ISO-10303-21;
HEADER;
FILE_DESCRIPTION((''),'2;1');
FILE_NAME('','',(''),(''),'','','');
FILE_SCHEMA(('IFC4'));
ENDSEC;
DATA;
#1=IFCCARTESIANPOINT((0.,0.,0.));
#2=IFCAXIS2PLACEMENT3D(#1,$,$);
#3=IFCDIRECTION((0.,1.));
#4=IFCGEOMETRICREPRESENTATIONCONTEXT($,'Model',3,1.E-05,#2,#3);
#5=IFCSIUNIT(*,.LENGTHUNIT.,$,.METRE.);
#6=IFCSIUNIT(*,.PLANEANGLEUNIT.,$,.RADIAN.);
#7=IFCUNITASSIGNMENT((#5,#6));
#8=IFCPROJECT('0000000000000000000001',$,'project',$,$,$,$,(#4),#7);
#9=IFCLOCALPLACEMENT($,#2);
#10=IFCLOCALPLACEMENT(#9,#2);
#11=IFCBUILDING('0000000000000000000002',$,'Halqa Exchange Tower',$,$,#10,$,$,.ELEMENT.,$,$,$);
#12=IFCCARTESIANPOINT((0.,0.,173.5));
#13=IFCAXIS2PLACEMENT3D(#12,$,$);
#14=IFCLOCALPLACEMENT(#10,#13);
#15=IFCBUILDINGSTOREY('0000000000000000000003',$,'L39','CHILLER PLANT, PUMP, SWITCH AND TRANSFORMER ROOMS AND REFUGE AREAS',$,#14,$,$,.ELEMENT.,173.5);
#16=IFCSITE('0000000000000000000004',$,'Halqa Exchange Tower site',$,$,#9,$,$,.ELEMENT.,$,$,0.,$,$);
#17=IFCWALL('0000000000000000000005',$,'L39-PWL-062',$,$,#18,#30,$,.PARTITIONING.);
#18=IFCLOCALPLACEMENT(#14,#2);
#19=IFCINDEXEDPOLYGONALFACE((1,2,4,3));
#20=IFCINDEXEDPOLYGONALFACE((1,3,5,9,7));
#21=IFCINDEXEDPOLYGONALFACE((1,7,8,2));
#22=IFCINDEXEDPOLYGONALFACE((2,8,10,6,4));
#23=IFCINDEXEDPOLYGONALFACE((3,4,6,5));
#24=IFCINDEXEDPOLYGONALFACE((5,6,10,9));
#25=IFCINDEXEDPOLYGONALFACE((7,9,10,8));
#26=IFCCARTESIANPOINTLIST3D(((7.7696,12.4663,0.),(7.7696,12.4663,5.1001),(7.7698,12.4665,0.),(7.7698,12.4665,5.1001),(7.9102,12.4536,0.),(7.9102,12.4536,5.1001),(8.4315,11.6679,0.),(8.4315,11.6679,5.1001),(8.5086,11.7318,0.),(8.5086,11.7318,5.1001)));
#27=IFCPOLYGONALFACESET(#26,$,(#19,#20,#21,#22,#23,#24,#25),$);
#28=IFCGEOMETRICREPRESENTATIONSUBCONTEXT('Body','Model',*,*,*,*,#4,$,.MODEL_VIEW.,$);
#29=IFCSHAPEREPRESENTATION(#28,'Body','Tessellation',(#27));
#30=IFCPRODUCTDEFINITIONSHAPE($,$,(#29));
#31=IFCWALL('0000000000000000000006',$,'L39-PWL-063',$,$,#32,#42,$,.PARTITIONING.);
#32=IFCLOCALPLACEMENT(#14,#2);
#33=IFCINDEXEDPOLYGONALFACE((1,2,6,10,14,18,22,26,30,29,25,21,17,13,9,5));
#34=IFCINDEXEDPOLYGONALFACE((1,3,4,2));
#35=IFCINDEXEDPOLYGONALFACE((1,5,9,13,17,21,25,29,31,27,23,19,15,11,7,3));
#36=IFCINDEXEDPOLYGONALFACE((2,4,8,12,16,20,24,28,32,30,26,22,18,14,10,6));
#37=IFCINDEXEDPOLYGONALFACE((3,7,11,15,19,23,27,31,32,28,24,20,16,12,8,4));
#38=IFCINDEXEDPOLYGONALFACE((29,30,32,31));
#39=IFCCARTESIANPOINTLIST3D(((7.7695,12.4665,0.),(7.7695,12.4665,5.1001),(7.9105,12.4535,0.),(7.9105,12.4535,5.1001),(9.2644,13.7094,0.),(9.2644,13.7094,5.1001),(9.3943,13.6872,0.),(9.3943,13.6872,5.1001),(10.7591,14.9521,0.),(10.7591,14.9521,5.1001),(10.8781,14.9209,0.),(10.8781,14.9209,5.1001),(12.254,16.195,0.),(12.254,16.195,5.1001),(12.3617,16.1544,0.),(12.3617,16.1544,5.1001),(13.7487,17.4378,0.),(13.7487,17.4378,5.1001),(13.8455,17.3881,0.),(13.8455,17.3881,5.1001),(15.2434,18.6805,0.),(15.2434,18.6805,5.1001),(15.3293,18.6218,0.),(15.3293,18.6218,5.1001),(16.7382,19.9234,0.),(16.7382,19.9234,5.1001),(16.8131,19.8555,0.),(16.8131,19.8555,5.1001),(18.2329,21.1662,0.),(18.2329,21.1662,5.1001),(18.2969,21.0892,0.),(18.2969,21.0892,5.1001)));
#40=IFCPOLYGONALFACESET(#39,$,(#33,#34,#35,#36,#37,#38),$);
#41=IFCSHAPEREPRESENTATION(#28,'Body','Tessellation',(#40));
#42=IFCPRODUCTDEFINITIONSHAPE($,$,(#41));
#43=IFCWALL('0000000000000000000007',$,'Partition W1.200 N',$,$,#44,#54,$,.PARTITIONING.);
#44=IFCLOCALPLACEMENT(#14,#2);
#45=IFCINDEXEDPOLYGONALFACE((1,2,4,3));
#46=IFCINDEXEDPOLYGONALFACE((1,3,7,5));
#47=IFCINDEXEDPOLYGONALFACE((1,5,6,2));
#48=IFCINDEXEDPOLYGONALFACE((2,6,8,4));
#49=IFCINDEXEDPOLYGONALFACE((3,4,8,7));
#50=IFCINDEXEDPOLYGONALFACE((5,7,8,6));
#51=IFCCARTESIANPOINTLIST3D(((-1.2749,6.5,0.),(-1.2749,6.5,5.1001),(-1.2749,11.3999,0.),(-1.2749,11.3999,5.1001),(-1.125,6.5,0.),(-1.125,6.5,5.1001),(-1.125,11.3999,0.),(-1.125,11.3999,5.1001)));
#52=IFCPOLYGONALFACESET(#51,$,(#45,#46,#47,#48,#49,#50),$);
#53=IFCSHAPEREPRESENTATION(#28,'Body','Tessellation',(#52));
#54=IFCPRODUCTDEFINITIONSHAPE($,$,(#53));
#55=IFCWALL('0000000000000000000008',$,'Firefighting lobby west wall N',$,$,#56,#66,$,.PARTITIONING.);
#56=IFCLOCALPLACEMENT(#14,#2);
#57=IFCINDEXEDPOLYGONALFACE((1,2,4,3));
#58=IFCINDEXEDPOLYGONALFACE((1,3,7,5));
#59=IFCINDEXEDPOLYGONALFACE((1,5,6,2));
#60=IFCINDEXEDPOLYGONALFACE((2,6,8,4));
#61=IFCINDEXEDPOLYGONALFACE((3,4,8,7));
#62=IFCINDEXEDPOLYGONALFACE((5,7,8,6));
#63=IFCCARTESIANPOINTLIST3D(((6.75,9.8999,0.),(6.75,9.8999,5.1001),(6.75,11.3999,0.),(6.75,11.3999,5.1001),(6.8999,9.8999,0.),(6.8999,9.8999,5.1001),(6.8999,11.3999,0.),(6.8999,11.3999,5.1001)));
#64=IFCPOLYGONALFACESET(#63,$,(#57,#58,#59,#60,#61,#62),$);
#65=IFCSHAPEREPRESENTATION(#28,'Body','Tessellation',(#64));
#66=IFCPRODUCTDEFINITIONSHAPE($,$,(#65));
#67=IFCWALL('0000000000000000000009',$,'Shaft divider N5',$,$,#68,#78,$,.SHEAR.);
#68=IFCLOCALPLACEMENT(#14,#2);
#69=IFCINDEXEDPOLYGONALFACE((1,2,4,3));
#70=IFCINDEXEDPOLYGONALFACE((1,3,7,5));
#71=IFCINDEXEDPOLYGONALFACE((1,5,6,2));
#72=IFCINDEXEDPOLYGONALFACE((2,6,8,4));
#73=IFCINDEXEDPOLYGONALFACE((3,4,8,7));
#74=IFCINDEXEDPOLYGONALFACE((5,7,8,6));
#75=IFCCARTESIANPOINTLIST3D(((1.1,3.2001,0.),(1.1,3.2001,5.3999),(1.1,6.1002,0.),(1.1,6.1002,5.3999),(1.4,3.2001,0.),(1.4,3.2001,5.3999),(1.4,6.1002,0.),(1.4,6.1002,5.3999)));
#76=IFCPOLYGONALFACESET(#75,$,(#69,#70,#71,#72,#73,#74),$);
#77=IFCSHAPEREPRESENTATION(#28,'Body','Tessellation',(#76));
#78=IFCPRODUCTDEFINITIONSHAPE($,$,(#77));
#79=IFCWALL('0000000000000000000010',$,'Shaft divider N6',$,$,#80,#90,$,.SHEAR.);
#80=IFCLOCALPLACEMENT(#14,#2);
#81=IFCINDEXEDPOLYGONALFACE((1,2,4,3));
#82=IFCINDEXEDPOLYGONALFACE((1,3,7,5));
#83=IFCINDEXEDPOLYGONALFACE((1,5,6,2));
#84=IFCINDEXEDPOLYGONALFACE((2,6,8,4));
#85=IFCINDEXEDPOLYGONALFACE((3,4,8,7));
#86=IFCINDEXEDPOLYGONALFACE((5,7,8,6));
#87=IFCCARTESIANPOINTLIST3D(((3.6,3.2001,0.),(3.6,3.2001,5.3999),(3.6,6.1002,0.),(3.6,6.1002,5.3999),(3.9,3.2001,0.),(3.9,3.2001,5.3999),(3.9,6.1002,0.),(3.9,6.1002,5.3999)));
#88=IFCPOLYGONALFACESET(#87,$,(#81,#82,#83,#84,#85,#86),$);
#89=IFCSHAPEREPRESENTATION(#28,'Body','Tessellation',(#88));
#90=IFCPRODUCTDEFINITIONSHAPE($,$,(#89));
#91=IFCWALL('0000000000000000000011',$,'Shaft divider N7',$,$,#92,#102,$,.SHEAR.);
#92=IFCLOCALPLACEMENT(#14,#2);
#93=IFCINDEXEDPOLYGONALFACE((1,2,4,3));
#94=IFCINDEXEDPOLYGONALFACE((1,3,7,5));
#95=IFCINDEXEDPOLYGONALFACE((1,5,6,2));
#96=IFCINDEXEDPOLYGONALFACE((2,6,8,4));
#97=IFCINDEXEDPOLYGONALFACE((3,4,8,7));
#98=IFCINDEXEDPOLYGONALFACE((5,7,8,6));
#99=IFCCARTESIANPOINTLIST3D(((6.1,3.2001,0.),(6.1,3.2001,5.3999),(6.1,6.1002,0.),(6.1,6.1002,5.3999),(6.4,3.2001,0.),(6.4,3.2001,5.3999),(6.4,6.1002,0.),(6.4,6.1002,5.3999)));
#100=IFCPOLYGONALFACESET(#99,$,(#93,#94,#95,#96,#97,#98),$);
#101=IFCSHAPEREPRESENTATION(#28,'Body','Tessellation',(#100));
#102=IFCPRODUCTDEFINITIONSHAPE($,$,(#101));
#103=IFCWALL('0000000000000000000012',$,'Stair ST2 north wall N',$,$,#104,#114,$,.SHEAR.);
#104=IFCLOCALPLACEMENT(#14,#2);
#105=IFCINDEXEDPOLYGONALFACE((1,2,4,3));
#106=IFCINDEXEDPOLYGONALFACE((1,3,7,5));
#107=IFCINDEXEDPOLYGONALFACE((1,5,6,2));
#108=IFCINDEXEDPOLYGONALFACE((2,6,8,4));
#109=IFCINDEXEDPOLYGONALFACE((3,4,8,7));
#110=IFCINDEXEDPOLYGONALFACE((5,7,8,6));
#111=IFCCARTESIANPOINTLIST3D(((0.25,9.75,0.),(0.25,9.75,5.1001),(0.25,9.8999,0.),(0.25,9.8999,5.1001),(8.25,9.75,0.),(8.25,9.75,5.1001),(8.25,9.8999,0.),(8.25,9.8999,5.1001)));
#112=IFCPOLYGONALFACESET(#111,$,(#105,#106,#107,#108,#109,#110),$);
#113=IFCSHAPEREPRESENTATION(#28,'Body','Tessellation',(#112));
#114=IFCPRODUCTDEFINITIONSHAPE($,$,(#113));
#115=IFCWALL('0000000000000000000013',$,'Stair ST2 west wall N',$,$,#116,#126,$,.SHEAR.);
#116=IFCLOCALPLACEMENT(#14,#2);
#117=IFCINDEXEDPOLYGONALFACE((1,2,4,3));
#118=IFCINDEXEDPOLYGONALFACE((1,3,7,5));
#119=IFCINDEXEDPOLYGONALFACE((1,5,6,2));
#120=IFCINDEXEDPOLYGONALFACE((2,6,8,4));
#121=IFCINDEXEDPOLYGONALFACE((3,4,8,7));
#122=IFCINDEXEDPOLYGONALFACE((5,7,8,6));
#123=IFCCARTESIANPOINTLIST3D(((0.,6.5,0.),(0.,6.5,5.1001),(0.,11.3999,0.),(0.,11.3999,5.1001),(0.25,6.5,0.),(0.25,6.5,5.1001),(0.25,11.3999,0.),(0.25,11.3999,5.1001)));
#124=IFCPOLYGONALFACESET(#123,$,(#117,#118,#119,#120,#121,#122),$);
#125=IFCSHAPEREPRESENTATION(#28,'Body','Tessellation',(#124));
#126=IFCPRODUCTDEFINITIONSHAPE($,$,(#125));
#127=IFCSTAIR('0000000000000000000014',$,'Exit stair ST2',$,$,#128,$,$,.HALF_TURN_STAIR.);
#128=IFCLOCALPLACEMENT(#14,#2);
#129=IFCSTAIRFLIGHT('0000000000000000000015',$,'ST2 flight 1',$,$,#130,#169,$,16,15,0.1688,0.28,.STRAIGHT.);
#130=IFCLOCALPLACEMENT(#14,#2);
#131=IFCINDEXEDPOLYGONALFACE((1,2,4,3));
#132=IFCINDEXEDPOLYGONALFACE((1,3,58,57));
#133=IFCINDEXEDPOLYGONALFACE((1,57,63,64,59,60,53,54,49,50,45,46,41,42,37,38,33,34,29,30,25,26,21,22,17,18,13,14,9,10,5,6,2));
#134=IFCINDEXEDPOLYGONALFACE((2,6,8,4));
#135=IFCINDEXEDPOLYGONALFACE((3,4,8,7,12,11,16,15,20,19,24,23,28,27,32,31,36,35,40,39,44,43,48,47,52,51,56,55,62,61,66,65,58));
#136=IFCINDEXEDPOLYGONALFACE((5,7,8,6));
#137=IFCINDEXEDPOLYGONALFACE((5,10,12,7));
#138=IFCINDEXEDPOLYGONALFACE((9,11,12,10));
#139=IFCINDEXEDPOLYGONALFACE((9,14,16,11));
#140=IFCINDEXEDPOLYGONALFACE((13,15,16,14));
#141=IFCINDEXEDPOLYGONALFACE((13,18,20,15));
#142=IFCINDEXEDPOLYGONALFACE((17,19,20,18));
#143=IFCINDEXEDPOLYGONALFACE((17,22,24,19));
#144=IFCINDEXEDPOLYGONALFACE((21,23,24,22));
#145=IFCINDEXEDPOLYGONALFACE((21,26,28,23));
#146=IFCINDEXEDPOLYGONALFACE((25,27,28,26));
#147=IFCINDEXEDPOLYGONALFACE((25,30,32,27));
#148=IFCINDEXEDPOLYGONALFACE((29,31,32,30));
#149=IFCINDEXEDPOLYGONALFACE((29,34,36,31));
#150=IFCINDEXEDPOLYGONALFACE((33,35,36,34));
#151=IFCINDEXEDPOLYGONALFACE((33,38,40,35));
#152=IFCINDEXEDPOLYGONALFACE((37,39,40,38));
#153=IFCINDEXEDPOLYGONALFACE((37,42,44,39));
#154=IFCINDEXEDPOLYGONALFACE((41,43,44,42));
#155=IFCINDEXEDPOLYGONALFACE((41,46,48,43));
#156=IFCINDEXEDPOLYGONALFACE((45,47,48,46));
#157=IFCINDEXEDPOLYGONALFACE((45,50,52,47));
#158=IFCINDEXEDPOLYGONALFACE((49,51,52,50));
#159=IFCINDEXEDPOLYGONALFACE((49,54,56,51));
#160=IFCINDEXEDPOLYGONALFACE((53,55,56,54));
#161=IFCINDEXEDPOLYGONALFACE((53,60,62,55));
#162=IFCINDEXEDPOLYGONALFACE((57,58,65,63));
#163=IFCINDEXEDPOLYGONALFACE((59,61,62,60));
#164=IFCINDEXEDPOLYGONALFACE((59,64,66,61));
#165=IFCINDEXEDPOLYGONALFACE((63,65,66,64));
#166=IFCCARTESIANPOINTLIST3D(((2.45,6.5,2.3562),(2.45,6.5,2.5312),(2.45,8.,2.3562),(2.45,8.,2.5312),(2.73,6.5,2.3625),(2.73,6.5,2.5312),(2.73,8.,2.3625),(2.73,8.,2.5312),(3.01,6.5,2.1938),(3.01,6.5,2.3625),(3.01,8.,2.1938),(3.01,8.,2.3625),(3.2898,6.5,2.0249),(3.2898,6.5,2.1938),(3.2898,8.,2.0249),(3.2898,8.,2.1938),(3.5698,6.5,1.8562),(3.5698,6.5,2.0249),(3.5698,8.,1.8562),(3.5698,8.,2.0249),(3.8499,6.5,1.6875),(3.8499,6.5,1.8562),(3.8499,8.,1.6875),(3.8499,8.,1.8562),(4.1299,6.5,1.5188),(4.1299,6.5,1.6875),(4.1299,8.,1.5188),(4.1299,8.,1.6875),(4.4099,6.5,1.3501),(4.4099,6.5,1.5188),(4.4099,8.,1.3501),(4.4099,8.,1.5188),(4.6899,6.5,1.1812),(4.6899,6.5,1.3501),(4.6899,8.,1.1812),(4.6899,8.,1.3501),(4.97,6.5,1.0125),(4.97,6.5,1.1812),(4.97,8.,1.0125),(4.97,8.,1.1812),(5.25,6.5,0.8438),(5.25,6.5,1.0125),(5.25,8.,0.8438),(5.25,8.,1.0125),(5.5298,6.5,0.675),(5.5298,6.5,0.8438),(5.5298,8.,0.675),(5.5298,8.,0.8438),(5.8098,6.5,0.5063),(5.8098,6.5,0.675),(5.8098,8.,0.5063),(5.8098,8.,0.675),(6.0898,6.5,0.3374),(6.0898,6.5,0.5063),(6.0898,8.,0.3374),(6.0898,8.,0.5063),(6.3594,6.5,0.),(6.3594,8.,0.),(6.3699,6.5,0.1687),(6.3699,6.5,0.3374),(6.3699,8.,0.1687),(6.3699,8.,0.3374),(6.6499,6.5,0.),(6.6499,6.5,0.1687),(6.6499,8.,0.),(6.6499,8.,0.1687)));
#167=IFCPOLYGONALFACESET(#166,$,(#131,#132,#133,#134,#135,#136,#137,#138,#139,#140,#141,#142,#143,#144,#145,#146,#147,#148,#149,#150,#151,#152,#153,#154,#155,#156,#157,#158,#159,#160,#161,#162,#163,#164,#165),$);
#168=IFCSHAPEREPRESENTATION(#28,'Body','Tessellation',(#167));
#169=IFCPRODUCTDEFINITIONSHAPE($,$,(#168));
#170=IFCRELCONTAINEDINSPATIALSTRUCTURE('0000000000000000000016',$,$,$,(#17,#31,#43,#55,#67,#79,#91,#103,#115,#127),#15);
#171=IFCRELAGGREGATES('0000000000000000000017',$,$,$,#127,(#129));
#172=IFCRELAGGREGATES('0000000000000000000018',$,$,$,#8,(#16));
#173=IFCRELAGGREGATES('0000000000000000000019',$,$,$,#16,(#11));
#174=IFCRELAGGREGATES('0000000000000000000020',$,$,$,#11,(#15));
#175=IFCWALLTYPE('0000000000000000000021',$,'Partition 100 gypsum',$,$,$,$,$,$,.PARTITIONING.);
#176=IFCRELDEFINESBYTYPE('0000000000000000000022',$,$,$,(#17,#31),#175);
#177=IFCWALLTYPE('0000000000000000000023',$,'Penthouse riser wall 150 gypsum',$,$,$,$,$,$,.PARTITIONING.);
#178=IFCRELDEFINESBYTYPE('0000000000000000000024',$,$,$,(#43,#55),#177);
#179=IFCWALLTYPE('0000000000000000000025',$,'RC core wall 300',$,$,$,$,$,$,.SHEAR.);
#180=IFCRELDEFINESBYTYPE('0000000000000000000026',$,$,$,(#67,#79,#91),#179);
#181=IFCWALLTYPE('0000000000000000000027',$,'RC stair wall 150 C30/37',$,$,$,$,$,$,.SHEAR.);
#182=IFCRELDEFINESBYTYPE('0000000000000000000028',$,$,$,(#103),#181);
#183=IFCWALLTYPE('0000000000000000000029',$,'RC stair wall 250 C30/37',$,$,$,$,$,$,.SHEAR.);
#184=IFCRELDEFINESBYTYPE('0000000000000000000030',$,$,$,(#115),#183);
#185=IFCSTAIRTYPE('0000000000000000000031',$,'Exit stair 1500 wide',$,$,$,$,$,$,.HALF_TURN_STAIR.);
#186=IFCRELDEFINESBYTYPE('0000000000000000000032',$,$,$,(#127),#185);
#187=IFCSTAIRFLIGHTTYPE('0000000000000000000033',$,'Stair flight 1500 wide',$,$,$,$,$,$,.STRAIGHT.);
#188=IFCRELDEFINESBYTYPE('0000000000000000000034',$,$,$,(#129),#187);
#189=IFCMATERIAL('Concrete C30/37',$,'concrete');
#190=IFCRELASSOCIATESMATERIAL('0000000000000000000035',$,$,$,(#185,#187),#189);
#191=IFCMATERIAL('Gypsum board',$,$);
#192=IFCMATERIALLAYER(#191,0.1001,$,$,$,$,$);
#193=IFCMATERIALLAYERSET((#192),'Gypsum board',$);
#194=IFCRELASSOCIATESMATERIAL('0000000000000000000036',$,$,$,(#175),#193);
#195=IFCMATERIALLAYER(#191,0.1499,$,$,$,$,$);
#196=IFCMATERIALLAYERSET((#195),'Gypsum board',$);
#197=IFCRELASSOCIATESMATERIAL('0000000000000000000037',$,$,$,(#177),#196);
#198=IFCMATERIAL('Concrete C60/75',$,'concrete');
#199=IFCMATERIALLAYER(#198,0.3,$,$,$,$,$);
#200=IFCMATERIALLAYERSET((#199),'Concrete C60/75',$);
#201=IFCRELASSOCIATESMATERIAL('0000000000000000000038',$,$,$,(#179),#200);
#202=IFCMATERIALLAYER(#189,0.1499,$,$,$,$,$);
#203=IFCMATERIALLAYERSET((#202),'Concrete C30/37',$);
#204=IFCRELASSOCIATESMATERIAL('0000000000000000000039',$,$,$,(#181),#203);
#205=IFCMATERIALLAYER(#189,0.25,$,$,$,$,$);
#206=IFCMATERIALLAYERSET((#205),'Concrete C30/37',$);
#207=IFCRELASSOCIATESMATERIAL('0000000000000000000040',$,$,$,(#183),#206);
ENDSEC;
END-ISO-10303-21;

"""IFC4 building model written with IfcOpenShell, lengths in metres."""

from ifc_helpers import new_model, si_unit, direction, frame, frame_2d, origin, place, context, subcontext, project, spatial, polyline, rectangle, outline, extrude, material, layer, layer_set, type_object, element, aggregate, save


model = new_model("IFC4")

# Units and contexts
model_context = context("Model", 3, precision=1e-05, world=origin(), true_north=direction((0.0, 1.0)))
body_context = subcontext(model_context, "Body", "Model", "MODEL_VIEW")
ifc_project = project(units=[si_unit("LENGTHUNIT", "METRE"), si_unit("PLANEANGLEUNIT", "RADIAN")], contexts=[model_context])

# Site, building, storey
site_placement = place(None, origin())
site = spatial("IfcSite", under=ifc_project, at=site_placement, Name="Halqa Exchange Tower site", CompositionType="ELEMENT", RefElevation=0.0)
building_placement = place(site_placement, origin())
building = spatial("IfcBuilding", under=site, at=building_placement, Name="Halqa Exchange Tower", CompositionType="ELEMENT")
storey_placement = place(building_placement, frame((0.0, 0.0, 173.5)))
storey = spatial("IfcBuildingStorey", under=building, at=storey_placement, Name="L39", Description="CHILLER PLANT, PUMP, SWITCH AND TRANSFORMER ROOMS AND REFUGE AREAS", CompositionType="ELEMENT", Elevation=173.5)

# Shared definitions
ifc_material_1 = material(Name="Concrete C30/37", Category="concrete")
stair_type = type_object("IfcStairType", Name="Exit stair 1500 wide", PredefinedType="HALF_TURN_STAIR", material=ifc_material_1)

# Walls
ifc_material_2 = material(Name="Gypsum board")
ifc_layer_1 = layer(ifc_material_2, 0.1001)
ifc_layer_set_1 = layer_set([ifc_layer_1], Name="Gypsum board")
wall_type_1 = type_object("IfcWallType", Name="Partition 100 gypsum", PredefinedType="PARTITIONING", material=ifc_layer_set_1)
wall_1_placement = place(storey_placement, frame((7.8081, 12.4983, 0.0), z_axis=(0.0, 0.0, 1.0), x_axis=(0.638237, -0.76984, 0.0)))
element("IfcWall", 1, at=wall_1_placement, inside=storey, type_object=wall_type_1, Name="L39-PWL-062", PredefinedType="PARTITIONING", context=body_context, shape_type="SweptSolid", body=[
    extrude(outline(polyline([(1.0371, 0.05), (0.0996, 0.05), (0.0, -0.0498), (0.0, -0.05), (1.0371, -0.05), (1.0371, 0.05)])), origin(), (0.0, 0.0, 1.0), 5.1001),
])
wall_2_placement = place(storey_placement, frame((7.8015, 12.428, 0.0), z_axis=(0.0, 0.0, 1.0), x_axis=(0.768936, 0.639326, 0.0)))
element("IfcWall", 2, at=wall_2_placement, inside=storey, type_object=wall_type_1, Name="L39-PWL-063", PredefinedType="PARTITIONING", context=body_context, shape_type="SweptSolid", body=[
    extrude(outline(polyline([(13.6077, 0.05), (11.6638, 0.05), (9.7197, 0.05), (7.7759, 0.05), (5.832, 0.05), (3.8879, 0.05), (1.9441, 0.05), (0.0, 0.05), (0.1001, -0.05), (2.0298, -0.05), (3.9595, -0.05), (5.8889, -0.05), (7.8186, -0.05), (9.7483, -0.05), (11.678, -0.05), (13.6077, -0.05), (13.6077, 0.05)])), origin(), (0.0, 0.0, 1.0), 5.1001),
])
ifc_layer_2 = layer(ifc_material_2, 0.1499)
ifc_layer_set_2 = layer_set([ifc_layer_2], Name="Gypsum board")
wall_type_2 = type_object("IfcWallType", Name="Penthouse riser wall 150 gypsum", PredefinedType="PARTITIONING", material=ifc_layer_set_2)
wall_3_placement = place(storey_placement, frame((-1.2, 6.5, 0.0), z_axis=(0.0, 0.0, 1.0), x_axis=(0.0, 1.0, 0.0)))
element("IfcWall", 3, at=wall_3_placement, inside=storey, type_object=wall_type_2, Name="Partition W1.200 N", PredefinedType="PARTITIONING", context=body_context, shape_type="SweptSolid", body=[
    extrude(rectangle(XDim=4.8999, YDim=0.1499, at=frame_2d((2.45, 0.0))), origin(), (0.0, 0.0, 1.0), 5.1001),
])
wall_4_placement = place(storey_placement, frame((6.825, 9.8999, 0.0), z_axis=(0.0, 0.0, 1.0), x_axis=(0.0, 1.0, 0.0)))
element("IfcWall", 4, at=wall_4_placement, inside=storey, type_object=wall_type_2, Name="Firefighting lobby west wall N", PredefinedType="PARTITIONING", context=body_context, shape_type="SweptSolid", body=[
    extrude(rectangle(XDim=1.5, YDim=0.1499, at=frame_2d((0.75, 0.0))), origin(), (0.0, 0.0, 1.0), 5.1001),
])
ifc_material_3 = material(Name="Concrete C60/75", Category="concrete")
ifc_layer_3 = layer(ifc_material_3, 0.3)
ifc_layer_set_3 = layer_set([ifc_layer_3], Name="Concrete C60/75")
wall_type_3 = type_object("IfcWallType", Name="RC core wall 300", PredefinedType="SHEAR", material=ifc_layer_set_3)
for number, where, z_axis, x_axis, name in (
    (5, (1.25, 3.2, 0.0), (0.0, 0.0, 1.0), (0.0, 1.0, 0.0), "Shaft divider N5"),
    (6, (3.75, 3.2, 0.0), (0.0, 0.0, 1.0), (0.0, 1.0, 0.0), "Shaft divider N6"),
    (7, (6.25, 3.2, 0.0), (0.0, 0.0, 1.0), (0.0, 1.0, 0.0), "Shaft divider N7"),
):
    element("IfcWall", number, at=place(storey_placement, frame(where, z_axis=z_axis, x_axis=x_axis)), inside=storey, type_object=wall_type_3, Name=name, PredefinedType="SHEAR", context=body_context, shape_type="SweptSolid", body=[
        extrude(rectangle(XDim=2.9001, YDim=0.3, at=frame_2d((1.4502, 0.0))), origin(), (0.0, 0.0, 1.0), 5.3999),
    ])
ifc_layer_4 = layer(ifc_material_1, 0.1499)
ifc_layer_set_4 = layer_set([ifc_layer_4], Name="Concrete C30/37")
wall_type_4 = type_object("IfcWallType", Name="RC stair wall 150 C30/37", PredefinedType="SHEAR", material=ifc_layer_set_4)
wall_5_placement = place(storey_placement, frame((0.25, 9.825, 0.0), z_axis=(0.0, 0.0, 1.0), x_axis=(1.0, 0.0, 0.0)))
element("IfcWall", 8, at=wall_5_placement, inside=storey, type_object=wall_type_4, Name="Stair ST2 north wall N", PredefinedType="SHEAR", context=body_context, shape_type="SweptSolid", body=[
    extrude(rectangle(XDim=8.0, YDim=0.1499, at=frame_2d((4.0, 0.0))), origin(), (0.0, 0.0, 1.0), 5.1001),
])
ifc_layer_5 = layer(ifc_material_1, 0.25)
ifc_layer_set_5 = layer_set([ifc_layer_5], Name="Concrete C30/37")
wall_type_5 = type_object("IfcWallType", Name="RC stair wall 250 C30/37", PredefinedType="SHEAR", material=ifc_layer_set_5)
wall_6_placement = place(storey_placement, frame((0.125, 6.5, 0.0), z_axis=(0.0, 0.0, 1.0), x_axis=(0.0, 1.0, 0.0)))
element("IfcWall", 9, at=wall_6_placement, inside=storey, type_object=wall_type_5, Name="Stair ST2 west wall N", PredefinedType="SHEAR", context=body_context, shape_type="SweptSolid", body=[
    extrude(rectangle(XDim=4.8999, YDim=0.25, at=frame_2d((2.45, 0.0))), origin(), (0.0, 0.0, 1.0), 5.1001),
])

# Stair, stair flight
stair_1_placement = place(storey_placement, origin())
stair_1 = element("IfcStair", 10, at=stair_1_placement, inside=storey, type_object=stair_type, Name="Exit stair ST2", PredefinedType="HALF_TURN_STAIR")
stair_flight_type = type_object("IfcStairFlightType", Name="Stair flight 1500 wide", PredefinedType="STRAIGHT", material=ifc_material_1)
stair_flight_1_placement = place(storey_placement, frame((6.6499, 7.25, 0.0), z_axis=(0.0, 0.0, 1.0), x_axis=(-1.0, 0.0, 0.0)))
stair_flight_1 = element("IfcStairFlight", 11, at=stair_flight_1_placement, type_object=stair_flight_type, Name="ST2 flight 1", NumberOfRisers=16, NumberOfTreads=15, PredefinedType="STRAIGHT", RiserHeight=0.1688, TreadLength=0.28, context=body_context, shape_type="SweptSolid", body=[
    extrude(outline(polyline([(0.0, 0.0), (0.0, 0.1687), (0.28, 0.1687), (0.28, 0.3374), (0.5601, 0.3374), (0.5601, 0.5063), (0.8401, 0.5063), (0.8401, 0.675), (1.1201, 0.675), (1.1201, 0.8438), (1.3999, 0.8438), (1.3999, 1.0125), (1.6799, 1.0125), (1.6799, 1.1812), (1.96, 1.1812), (1.96, 1.3501), (2.24, 1.3501), (2.24, 1.5188), (2.52, 1.5188), (2.52, 1.6875), (2.8, 1.6875), (2.8, 1.8562), (3.0801, 1.8562), (3.0801, 2.0249), (3.3601, 2.0249), (3.3601, 2.1938), (3.6399, 2.1938), (3.6399, 2.3625), (3.9199, 2.3625), (3.9199, 2.5312), (4.2, 2.5312), (4.2, 2.7), (4.2, 2.3562), (0.2905, 0.0), (0.0, 0.0)])), frame((0.0, 0.75, 0.0), z_axis=(0.0, -1.0, 0.0), x_axis=(1.0, 0.0, 0.0)), (0.0, 0.0, 1.0), 1.5),
])
aggregate(stair_1, [stair_flight_1])

save(model, "model.ifc")
